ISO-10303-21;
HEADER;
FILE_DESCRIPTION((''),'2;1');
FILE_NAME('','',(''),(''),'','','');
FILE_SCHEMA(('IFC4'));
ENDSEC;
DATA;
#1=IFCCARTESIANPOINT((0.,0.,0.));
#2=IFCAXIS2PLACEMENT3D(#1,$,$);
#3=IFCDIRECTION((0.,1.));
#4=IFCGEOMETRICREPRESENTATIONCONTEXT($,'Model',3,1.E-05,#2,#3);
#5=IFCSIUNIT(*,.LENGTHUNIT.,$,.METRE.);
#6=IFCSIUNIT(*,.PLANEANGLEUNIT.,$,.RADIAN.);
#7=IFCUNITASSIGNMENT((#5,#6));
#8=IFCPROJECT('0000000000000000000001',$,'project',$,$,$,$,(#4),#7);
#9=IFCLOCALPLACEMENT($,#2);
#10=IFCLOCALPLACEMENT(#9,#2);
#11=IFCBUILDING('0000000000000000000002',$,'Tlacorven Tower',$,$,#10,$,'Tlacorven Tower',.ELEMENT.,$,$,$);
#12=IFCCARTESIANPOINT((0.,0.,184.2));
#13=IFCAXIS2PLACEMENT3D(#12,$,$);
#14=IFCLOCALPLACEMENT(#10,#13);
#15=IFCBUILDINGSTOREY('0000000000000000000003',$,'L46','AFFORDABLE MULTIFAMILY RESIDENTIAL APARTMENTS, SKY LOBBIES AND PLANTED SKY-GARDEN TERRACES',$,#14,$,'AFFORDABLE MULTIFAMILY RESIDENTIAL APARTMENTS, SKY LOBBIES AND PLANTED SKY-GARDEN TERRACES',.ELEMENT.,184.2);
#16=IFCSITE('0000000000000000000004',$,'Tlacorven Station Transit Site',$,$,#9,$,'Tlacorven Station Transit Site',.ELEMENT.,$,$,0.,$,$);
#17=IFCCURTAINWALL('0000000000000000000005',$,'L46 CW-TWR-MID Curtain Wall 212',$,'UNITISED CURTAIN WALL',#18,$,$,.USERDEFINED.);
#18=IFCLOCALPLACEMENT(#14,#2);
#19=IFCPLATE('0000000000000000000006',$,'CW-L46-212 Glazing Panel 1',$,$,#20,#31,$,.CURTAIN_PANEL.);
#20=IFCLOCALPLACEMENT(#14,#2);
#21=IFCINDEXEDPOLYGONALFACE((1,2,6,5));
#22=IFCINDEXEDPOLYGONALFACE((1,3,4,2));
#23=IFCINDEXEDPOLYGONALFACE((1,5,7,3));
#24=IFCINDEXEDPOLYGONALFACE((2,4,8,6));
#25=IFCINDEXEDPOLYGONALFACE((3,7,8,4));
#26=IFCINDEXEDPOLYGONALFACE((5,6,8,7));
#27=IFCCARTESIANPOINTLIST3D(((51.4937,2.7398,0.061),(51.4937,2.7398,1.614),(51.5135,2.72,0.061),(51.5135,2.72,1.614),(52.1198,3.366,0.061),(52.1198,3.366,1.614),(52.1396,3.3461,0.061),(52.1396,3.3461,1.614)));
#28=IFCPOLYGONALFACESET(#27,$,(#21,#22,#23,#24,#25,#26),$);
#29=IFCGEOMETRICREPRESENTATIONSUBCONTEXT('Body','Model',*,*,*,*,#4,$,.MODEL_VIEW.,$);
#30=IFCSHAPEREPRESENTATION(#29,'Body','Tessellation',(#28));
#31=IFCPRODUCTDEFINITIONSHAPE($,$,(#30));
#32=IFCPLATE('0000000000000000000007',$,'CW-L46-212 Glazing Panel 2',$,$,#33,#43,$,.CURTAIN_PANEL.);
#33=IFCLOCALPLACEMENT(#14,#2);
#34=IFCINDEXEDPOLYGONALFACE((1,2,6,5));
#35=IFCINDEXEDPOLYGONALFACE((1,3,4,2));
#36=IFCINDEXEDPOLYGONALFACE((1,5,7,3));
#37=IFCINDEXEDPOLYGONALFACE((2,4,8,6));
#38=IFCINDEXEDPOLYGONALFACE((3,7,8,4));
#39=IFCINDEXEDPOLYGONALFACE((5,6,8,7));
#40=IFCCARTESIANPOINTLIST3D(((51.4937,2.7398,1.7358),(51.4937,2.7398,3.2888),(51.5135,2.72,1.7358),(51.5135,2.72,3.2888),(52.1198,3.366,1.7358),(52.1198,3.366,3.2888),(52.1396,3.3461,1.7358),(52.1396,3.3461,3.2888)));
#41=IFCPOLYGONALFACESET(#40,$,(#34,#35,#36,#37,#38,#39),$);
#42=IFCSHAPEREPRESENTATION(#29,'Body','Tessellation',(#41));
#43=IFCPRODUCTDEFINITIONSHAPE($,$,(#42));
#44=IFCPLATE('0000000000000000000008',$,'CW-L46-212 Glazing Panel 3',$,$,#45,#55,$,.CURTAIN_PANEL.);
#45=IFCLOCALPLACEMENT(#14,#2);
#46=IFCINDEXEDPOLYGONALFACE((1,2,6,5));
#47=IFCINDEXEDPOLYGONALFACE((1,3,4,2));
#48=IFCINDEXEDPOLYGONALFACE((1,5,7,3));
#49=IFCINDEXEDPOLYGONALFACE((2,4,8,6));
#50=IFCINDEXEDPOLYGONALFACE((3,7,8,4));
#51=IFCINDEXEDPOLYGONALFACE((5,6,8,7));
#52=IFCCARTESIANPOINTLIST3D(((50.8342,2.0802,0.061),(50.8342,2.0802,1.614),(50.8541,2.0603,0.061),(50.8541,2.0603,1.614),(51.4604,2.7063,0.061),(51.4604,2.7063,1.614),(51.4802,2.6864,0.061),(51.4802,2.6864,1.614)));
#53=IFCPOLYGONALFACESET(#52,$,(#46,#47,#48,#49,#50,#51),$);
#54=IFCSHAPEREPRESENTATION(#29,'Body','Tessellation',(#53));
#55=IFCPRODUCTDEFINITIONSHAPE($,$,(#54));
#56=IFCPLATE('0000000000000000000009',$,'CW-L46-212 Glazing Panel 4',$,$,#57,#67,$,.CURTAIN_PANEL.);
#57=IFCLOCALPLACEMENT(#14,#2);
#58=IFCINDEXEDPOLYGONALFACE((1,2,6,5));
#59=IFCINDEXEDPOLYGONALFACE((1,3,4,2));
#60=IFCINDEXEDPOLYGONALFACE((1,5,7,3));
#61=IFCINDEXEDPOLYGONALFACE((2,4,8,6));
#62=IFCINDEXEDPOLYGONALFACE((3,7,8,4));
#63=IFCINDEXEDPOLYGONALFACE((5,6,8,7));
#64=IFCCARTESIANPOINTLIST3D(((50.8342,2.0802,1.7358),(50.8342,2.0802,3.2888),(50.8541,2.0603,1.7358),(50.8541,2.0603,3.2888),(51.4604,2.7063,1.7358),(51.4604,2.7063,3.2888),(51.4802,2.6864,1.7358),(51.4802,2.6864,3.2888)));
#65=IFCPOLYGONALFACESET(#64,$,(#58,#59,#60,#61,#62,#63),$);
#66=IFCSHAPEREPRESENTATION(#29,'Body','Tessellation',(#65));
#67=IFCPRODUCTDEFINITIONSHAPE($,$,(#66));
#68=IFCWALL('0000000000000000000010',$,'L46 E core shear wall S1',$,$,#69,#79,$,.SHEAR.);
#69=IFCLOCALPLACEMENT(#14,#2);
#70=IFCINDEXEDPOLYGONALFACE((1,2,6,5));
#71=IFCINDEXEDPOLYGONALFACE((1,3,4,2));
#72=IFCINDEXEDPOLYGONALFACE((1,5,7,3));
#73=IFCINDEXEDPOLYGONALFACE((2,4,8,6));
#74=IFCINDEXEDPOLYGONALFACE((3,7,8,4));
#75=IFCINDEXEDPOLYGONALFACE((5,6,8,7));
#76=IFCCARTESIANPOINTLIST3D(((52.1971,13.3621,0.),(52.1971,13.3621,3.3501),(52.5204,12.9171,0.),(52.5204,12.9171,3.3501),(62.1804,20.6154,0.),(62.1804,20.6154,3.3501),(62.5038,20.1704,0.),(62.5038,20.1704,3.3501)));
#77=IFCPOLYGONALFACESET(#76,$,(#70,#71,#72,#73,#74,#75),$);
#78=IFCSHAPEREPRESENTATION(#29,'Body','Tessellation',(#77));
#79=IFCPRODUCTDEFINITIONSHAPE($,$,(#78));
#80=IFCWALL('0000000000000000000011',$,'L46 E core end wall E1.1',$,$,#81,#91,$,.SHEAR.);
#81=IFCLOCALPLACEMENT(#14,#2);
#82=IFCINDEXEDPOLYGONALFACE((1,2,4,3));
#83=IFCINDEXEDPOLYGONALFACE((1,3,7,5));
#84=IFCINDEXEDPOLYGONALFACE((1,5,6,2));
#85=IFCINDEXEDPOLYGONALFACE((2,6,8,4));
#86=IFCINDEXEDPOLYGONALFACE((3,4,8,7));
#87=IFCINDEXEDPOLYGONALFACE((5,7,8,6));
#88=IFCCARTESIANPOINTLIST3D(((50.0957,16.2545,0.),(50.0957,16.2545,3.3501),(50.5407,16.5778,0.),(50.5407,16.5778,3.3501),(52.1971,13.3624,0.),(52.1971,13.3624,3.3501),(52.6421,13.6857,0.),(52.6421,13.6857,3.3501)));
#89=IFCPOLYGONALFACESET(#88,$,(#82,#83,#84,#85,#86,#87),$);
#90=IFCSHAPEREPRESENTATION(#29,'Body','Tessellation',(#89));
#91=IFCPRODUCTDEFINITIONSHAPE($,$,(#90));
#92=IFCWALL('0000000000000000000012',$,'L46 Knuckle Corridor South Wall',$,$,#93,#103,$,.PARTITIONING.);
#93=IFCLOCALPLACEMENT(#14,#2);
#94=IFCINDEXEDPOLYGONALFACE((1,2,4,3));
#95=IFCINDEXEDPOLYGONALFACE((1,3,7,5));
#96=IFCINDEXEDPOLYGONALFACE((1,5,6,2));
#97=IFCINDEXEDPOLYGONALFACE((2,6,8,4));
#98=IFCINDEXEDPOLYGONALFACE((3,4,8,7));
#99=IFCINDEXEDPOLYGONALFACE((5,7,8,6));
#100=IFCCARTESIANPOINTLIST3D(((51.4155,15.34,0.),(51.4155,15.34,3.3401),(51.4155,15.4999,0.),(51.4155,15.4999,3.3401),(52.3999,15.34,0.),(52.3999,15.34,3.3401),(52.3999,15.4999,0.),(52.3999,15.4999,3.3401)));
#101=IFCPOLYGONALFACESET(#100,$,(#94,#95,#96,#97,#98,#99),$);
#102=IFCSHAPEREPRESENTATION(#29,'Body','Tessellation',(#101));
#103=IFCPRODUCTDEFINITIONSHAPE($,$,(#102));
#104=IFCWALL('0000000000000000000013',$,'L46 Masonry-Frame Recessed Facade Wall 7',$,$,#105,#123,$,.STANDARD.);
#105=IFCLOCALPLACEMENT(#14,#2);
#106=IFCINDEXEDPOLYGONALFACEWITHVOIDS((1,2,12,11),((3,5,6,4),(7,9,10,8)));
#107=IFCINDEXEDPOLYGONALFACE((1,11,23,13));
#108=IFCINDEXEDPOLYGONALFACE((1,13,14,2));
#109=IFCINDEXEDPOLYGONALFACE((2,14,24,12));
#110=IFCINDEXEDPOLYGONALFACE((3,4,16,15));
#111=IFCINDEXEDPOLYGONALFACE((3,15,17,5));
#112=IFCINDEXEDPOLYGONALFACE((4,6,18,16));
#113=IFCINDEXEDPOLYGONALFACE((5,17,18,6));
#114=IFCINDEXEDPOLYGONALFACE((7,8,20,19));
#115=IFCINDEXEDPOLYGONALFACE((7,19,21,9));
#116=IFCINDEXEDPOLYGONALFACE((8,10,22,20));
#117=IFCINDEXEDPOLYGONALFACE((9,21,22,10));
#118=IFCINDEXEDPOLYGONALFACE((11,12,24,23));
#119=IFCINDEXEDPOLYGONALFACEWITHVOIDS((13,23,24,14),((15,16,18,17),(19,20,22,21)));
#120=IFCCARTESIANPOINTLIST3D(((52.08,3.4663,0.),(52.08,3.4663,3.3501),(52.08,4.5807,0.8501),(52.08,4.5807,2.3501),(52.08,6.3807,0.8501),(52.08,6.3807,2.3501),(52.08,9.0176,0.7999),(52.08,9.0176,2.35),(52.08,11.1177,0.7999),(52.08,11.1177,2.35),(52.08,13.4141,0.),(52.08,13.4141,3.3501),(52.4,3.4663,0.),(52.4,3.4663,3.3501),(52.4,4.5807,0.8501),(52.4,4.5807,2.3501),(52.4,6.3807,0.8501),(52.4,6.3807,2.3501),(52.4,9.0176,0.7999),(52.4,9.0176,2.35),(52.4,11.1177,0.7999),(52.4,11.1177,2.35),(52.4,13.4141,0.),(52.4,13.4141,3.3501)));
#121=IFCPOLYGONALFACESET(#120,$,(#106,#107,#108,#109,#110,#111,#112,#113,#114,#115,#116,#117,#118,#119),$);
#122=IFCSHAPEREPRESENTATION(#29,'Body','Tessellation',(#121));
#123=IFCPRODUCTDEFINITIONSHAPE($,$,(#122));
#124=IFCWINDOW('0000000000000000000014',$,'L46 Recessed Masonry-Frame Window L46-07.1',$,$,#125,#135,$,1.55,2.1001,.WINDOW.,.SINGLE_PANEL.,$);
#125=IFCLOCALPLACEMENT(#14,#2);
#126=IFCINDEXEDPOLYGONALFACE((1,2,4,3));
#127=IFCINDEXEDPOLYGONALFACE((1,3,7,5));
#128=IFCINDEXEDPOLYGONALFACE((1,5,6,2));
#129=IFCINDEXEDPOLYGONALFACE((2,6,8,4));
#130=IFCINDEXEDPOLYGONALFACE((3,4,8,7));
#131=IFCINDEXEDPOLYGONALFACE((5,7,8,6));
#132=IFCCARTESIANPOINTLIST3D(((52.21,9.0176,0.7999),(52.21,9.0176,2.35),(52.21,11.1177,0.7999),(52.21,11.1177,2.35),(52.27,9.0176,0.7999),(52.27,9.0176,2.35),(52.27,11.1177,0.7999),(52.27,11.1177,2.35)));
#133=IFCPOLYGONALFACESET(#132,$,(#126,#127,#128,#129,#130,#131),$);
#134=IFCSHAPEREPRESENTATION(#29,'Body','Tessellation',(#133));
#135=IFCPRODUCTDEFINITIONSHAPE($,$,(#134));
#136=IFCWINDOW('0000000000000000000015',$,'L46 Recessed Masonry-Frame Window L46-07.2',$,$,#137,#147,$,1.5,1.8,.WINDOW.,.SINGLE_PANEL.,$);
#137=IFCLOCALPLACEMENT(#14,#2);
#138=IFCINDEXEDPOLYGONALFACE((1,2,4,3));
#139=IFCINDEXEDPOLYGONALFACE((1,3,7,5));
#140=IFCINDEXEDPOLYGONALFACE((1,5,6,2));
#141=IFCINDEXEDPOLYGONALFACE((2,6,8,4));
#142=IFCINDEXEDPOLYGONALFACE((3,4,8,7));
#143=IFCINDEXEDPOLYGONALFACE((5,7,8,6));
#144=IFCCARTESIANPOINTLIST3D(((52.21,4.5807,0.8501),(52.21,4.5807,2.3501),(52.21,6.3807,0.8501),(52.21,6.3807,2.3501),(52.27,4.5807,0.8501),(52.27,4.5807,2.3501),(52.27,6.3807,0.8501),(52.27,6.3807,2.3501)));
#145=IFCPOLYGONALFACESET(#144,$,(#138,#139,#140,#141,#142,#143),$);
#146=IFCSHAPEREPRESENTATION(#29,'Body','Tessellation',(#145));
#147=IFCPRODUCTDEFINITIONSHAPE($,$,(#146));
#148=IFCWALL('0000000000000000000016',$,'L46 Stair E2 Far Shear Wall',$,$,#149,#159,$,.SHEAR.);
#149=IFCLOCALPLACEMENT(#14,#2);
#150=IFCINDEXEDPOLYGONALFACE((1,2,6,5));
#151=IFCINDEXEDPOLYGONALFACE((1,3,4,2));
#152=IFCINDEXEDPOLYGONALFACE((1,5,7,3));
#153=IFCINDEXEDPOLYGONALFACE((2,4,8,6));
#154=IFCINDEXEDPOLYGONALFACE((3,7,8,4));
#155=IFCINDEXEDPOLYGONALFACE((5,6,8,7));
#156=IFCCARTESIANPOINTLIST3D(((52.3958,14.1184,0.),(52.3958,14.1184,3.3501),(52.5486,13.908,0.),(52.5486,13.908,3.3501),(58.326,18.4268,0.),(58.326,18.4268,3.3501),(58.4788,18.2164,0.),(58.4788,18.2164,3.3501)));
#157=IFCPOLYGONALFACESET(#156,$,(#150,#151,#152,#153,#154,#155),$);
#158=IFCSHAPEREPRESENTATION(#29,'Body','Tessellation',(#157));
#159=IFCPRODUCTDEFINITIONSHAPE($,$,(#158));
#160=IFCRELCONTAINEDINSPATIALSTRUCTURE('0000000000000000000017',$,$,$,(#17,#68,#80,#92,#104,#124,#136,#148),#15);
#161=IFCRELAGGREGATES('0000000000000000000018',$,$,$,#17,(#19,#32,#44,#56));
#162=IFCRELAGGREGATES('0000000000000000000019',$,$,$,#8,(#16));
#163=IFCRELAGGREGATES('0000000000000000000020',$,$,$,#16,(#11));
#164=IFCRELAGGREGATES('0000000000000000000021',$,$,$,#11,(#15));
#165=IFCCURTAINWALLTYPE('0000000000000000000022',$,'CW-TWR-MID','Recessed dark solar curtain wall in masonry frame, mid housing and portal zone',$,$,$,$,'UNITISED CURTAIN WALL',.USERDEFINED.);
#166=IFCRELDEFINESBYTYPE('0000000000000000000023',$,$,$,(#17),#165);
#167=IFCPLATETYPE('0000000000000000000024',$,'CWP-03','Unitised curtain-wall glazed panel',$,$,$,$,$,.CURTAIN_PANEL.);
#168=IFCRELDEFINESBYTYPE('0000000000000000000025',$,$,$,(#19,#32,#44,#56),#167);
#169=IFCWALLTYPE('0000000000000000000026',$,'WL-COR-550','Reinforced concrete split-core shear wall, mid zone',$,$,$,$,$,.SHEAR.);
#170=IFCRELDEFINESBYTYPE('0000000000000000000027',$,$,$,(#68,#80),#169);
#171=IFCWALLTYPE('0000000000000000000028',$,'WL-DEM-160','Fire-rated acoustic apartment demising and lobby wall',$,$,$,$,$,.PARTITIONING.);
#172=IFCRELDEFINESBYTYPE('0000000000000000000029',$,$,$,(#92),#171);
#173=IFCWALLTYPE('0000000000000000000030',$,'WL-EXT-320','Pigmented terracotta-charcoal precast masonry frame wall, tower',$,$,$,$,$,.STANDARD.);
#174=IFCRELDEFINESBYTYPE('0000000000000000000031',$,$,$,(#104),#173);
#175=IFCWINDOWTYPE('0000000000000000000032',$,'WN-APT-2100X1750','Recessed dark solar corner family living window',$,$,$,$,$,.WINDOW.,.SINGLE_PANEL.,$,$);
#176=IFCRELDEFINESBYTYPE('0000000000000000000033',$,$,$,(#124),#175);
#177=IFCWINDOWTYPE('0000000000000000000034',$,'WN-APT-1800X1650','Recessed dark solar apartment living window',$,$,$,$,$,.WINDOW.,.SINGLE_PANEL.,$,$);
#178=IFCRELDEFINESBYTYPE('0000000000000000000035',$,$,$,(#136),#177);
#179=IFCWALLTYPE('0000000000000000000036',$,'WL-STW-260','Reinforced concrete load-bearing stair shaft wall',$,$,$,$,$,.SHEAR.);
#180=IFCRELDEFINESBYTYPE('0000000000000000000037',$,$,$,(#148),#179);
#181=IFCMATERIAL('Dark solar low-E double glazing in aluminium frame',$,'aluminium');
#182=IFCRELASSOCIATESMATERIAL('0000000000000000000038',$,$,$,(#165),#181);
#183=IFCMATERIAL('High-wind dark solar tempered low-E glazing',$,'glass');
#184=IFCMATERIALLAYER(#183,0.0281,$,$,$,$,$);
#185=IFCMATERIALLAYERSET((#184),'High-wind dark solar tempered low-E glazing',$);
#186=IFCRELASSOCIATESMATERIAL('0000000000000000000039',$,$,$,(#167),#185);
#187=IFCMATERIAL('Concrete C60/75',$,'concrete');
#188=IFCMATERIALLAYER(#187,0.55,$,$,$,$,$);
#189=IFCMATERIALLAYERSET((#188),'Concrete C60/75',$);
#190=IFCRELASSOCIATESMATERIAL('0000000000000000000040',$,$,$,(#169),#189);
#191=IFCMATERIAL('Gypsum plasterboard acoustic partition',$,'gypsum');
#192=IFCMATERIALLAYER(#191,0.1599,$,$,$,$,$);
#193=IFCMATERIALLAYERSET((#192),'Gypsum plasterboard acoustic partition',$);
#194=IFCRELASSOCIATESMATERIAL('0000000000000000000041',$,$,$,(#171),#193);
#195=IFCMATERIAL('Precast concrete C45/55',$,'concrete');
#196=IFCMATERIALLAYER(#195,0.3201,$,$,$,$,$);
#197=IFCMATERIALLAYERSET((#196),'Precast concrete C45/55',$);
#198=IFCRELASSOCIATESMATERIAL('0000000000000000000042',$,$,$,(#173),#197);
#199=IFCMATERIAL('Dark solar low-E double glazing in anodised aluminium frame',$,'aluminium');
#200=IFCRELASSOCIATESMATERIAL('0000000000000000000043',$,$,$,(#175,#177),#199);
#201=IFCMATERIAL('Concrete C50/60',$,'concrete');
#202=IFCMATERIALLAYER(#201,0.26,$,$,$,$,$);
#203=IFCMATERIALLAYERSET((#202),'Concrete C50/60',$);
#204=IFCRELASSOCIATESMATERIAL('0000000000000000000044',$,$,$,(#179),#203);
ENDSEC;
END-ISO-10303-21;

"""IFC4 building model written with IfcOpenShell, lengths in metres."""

from ifc_helpers import new_model, si_unit, direction, frame, frame_2d, origin, origin_2d, place, context, subcontext, project, spatial, rectangle, extrude, source, transform, mapped, material, layer, layer_set, type_object, element, fill, aggregate, save


model = new_model("IFC4")

# Units and contexts
model_context = context("Model", 3, precision=1e-05, world=origin(), true_north=direction((0.0, 1.0)))
body_context = subcontext(model_context, "Body", "Model", "MODEL_VIEW")
ifc_project = project(units=[si_unit("LENGTHUNIT", "METRE"), si_unit("PLANEANGLEUNIT", "RADIAN")], contexts=[model_context])

# Site, building, storey
site_placement = place(None, origin())
site = spatial("IfcSite", under=ifc_project, at=site_placement, Name="Tlacorven Station Transit Site", LongName="Tlacorven Station Transit Site", CompositionType="ELEMENT", RefElevation=0.0)
building_placement = place(site_placement, origin())
building = spatial("IfcBuilding", under=site, at=building_placement, Name="Tlacorven Tower", LongName="Tlacorven Tower", CompositionType="ELEMENT")
storey_placement = place(building_placement, frame((0.0, 0.0, 184.2)))
storey = spatial("IfcBuildingStorey", under=building, at=storey_placement, Name="L46", Description="AFFORDABLE MULTIFAMILY RESIDENTIAL APARTMENTS, SKY LOBBIES AND PLANTED SKY-GARDEN TERRACES", LongName="AFFORDABLE MULTIFAMILY RESIDENTIAL APARTMENTS, SKY LOBBIES AND PLANTED SKY-GARDEN TERRACES", CompositionType="ELEMENT", Elevation=184.2)

# Curtain wall, plates
ifc_material_1 = material(Name="Dark solar low-E double glazing in aluminium frame", Category="aluminium")
curtain_wall_type = type_object("IfcCurtainWallType", Name="CW-TWR-MID", Description="Recessed dark solar curtain wall in masonry frame, mid housing and portal zone", ElementType="UNITISED CURTAIN WALL", PredefinedType="USERDEFINED", material=ifc_material_1)
curtain_wall_placement = place(storey_placement, origin())
curtain_wall = element("IfcCurtainWall", 1, at=curtain_wall_placement, inside=storey, type_object=curtain_wall_type, Name="L46 CW-TWR-MID Curtain Wall 212", ObjectType="UNITISED CURTAIN WALL", PredefinedType="USERDEFINED")
ifc_material_2 = material(Name="High-wind dark solar tempered low-E glazing", Category="glass")
ifc_layer_1 = layer(ifc_material_2, 0.0281)
ifc_layer_set_1 = layer_set([ifc_layer_1], Name="High-wind dark solar tempered low-E glazing")
plate_type = type_object("IfcPlateType", Name="CWP-03", Description="Unitised curtain-wall glazed panel", PredefinedType="CURTAIN_PANEL", material=ifc_layer_set_1)
shared_shape_1 = source(origin(), body_context, "Body", "SweptSolid", [
    extrude(rectangle(XDim=0.8855, YDim=0.0281, at=origin_2d()), origin(), (0.0, 0.0, 1.0), 1.553),
])
plate_1_placement = place(storey_placement, frame((51.8167, 3.043, 0.061), z_axis=(0.0, 0.0, 1.0), x_axis=(-0.707107, -0.707107, 0.0)))
plate_1 = element("IfcPlate", 2, at=plate_1_placement, type_object=plate_type, Name="CW-L46-212 Glazing Panel 1", PredefinedType="CURTAIN_PANEL", context=body_context, shape_type="MappedRepresentation", body=[
    mapped(shared_shape_1, transform((0.0, 0.0, 0.0), scale=1.0)),
])
plate_2_placement = place(storey_placement, frame((51.8167, 3.043, 1.7358), z_axis=(0.0, 0.0, 1.0), x_axis=(-0.707107, -0.707107, 0.0)))
plate_2 = element("IfcPlate", 3, at=plate_2_placement, type_object=plate_type, Name="CW-L46-212 Glazing Panel 2", PredefinedType="CURTAIN_PANEL", context=body_context, shape_type="MappedRepresentation", body=[
    mapped(shared_shape_1, transform((0.0, 0.0, 0.0), scale=1.0)),
])
plate_3_placement = place(storey_placement, frame((51.1572, 2.3833, 0.061), z_axis=(0.0, 0.0, 1.0), x_axis=(-0.707107, -0.707107, 0.0)))
plate_3 = element("IfcPlate", 4, at=plate_3_placement, type_object=plate_type, Name="CW-L46-212 Glazing Panel 3", PredefinedType="CURTAIN_PANEL", context=body_context, shape_type="MappedRepresentation", body=[
    mapped(shared_shape_1, transform((0.0, 0.0, 0.0), scale=1.0)),
])
plate_4_placement = place(storey_placement, frame((51.1572, 2.3833, 1.7358), z_axis=(0.0, 0.0, 1.0), x_axis=(-0.707107, -0.707107, 0.0)))
plate_4 = element("IfcPlate", 5, at=plate_4_placement, type_object=plate_type, Name="CW-L46-212 Glazing Panel 4", PredefinedType="CURTAIN_PANEL", context=body_context, shape_type="MappedRepresentation", body=[
    mapped(shared_shape_1, transform((0.0, 0.0, 0.0), scale=1.0)),
])
aggregate(curtain_wall, [plate_1, plate_2, plate_3, plate_4])

# Walls
ifc_material_3 = material(Name="Concrete C60/75", Category="concrete")
ifc_layer_2 = layer(ifc_material_3, 0.55)
ifc_layer_set_2 = layer_set([ifc_layer_2], Name="Concrete C60/75")
wall_type_1 = type_object("IfcWallType", Name="WL-COR-550", Description="Reinforced concrete split-core shear wall, mid zone", PredefinedType="SHEAR", material=ifc_layer_set_2)
wall_1_placement = place(storey_placement, frame((52.3589, 13.1396, 0.0), z_axis=(0.0, 0.0, 1.0), x_axis=(0.809015, 0.587788, 0.0)))
element("IfcWall", 6, at=wall_1_placement, inside=storey, type_object=wall_type_1, Name="L46 E core shear wall S1", PredefinedType="SHEAR", context=body_context, shape_type="SweptSolid", body=[
    extrude(rectangle(XDim=12.3401, YDim=0.55, at=frame_2d((6.1699, 0.0))), origin(), (0.0, 0.0, 1.0), 3.3501),
])
wall_2_placement = place(storey_placement, frame((52.4197, 13.5239, 0.0), z_axis=(0.0, 0.0, 1.0), x_axis=(-0.587802, 0.809005, 0.0)))
element("IfcWall", 7, at=wall_2_placement, inside=storey, type_object=wall_type_1, Name="L46 E core end wall E1.1", PredefinedType="SHEAR", context=body_context, shape_type="SweptSolid", body=[
    extrude(rectangle(XDim=3.575, YDim=0.55, at=frame_2d((1.7876, 0.0))), origin(), (0.0, 0.0, 1.0), 3.3501),
])
ifc_material_4 = material(Name="Gypsum plasterboard acoustic partition", Category="gypsum")
ifc_layer_3 = layer(ifc_material_4, 0.1599)
ifc_layer_set_3 = layer_set([ifc_layer_3], Name="Gypsum plasterboard acoustic partition")
wall_type_2 = type_object("IfcWallType", Name="WL-DEM-160", Description="Fire-rated acoustic apartment demising and lobby wall", PredefinedType="PARTITIONING", material=ifc_layer_set_3)
wall_3_placement = place(storey_placement, frame((51.4155, 15.4199, 0.0), z_axis=(0.0, 0.0, 1.0), x_axis=(1.0, 0.0, 0.0)))
element("IfcWall", 8, at=wall_3_placement, inside=storey, type_object=wall_type_2, Name="L46 Knuckle Corridor South Wall", PredefinedType="PARTITIONING", context=body_context, shape_type="SweptSolid", body=[
    extrude(rectangle(XDim=0.9844, YDim=0.1599, at=frame_2d((0.4922, 0.0))), origin(), (0.0, 0.0, 1.0), 3.3401),
])

# Wall, openings, windows
ifc_material_5 = material(Name="Precast concrete C45/55", Category="concrete")
ifc_layer_4 = layer(ifc_material_5, 0.3201)
ifc_layer_set_4 = layer_set([ifc_layer_4], Name="Precast concrete C45/55")
wall_type_3 = type_object("IfcWallType", Name="WL-EXT-320", Description="Pigmented terracotta-charcoal precast masonry frame wall, tower", PredefinedType="STANDARD", material=ifc_layer_set_4)
wall_4_placement = place(storey_placement, frame((52.24, 13.4141, 0.0), z_axis=(0.0, 0.0, 1.0), x_axis=(0.0, -1.0, 0.0)))
wall_4 = element("IfcWall", 9, at=wall_4_placement, inside=storey, type_object=wall_type_3, Name="L46 Masonry-Frame Recessed Facade Wall 7", PredefinedType="STANDARD", context=body_context, shape_type="SweptSolid", body=[
    extrude(rectangle(XDim=9.9478, YDim=0.3201, at=frame_2d((4.9739, 0.0))), origin(), (0.0, 0.0, 1.0), 3.3501),
])
opening_1_placement = place(wall_4_placement, frame((2.2964, 0.0, 0.8)))
opening_1 = element("IfcOpeningElement", 10, at=opening_1_placement, cuts=wall_4, PredefinedType="OPENING", context=body_context, shape_type="SweptSolid", body=[
    extrude(rectangle(XDim=2.1001, YDim=1.55, at=frame_2d((1.05, 0.7749))), frame((0.0, 0.1699, 0.0), z_axis=(0.0, -1.0, 0.0), x_axis=(1.0, 0.0, 0.0)), (0.0, 0.0, 1.0), 0.3401),
])
opening_2_placement = place(wall_4_placement, frame((7.0334, 0.0, 0.8501)))
opening_2 = element("IfcOpeningElement", 11, at=opening_2_placement, cuts=wall_4, PredefinedType="OPENING", context=body_context, shape_type="SweptSolid", body=[
    extrude(rectangle(XDim=1.8, YDim=1.5, at=frame_2d((0.8999, 0.75))), frame((0.0, 0.1699, 0.0), z_axis=(0.0, -1.0, 0.0), x_axis=(1.0, 0.0, 0.0)), (0.0, 0.0, 1.0), 0.3401),
])
ifc_material_6 = material(Name="Dark solar low-E double glazing in anodised aluminium frame", Category="aluminium")
window_type_1 = type_object("IfcWindowType", Name="WN-APT-2100X1750", Description="Recessed dark solar corner family living window", PartitioningType="SINGLE_PANEL", PredefinedType="WINDOW", material=ifc_material_6)
shared_shape_2 = source(origin(), body_context, "Body", "SweptSolid", [
    extrude(rectangle(XDim=2.1001, YDim=1.55, at=frame_2d((1.05, 0.7749))), frame((0.0, 0.03, 0.0), z_axis=(0.0, -1.0, 0.0), x_axis=(1.0, 0.0, 0.0)), (0.0, 0.0, 1.0), 0.0601),
])
window_1_placement = place(opening_1_placement, origin())
window_1 = element("IfcWindow", 12, at=window_1_placement, inside=storey, type_object=window_type_1, Name="L46 Recessed Masonry-Frame Window L46-07.1", OverallHeight=1.55, OverallWidth=2.1001, PartitioningType="SINGLE_PANEL", PredefinedType="WINDOW", context=body_context, shape_type="MappedRepresentation", body=[
    mapped(shared_shape_2, transform((0.0, 0.0, 0.0), scale=1.0)),
])
fill(opening_1, window_1)
window_type_2 = type_object("IfcWindowType", Name="WN-APT-1800X1650", Description="Recessed dark solar apartment living window", PartitioningType="SINGLE_PANEL", PredefinedType="WINDOW", material=ifc_material_6)
shared_shape_3 = source(origin(), body_context, "Body", "SweptSolid", [
    extrude(rectangle(XDim=1.8, YDim=1.5, at=frame_2d((0.8999, 0.75))), frame((0.0, 0.03, 0.0), z_axis=(0.0, -1.0, 0.0), x_axis=(1.0, 0.0, 0.0)), (0.0, 0.0, 1.0), 0.0601),
])
window_2_placement = place(opening_2_placement, origin())
window_2 = element("IfcWindow", 13, at=window_2_placement, inside=storey, type_object=window_type_2, Name="L46 Recessed Masonry-Frame Window L46-07.2", OverallHeight=1.5, OverallWidth=1.8, PartitioningType="SINGLE_PANEL", PredefinedType="WINDOW", context=body_context, shape_type="MappedRepresentation", body=[
    mapped(shared_shape_3, transform((0.0, 0.0, 0.0), scale=1.0)),
])
fill(opening_2, window_2)

# Wall
ifc_material_7 = material(Name="Concrete C50/60", Category="concrete")
ifc_layer_5 = layer(ifc_material_7, 0.26)
ifc_layer_set_5 = layer_set([ifc_layer_5], Name="Concrete C50/60")
wall_type_4 = type_object("IfcWallType", Name="WL-STW-260", Description="Reinforced concrete load-bearing stair shaft wall", PredefinedType="SHEAR", material=ifc_layer_set_5)
wall_5_placement = place(storey_placement, frame((52.4722, 14.0132, 0.0), z_axis=(0.0, 0.0, 1.0), x_axis=(0.809028, 0.58777, 0.0)))
element("IfcWall", 14, at=wall_5_placement, inside=storey, type_object=wall_type_4, Name="L46 Stair E2 Far Shear Wall", PredefinedType="SHEAR", context=body_context, shape_type="SweptSolid", body=[
    extrude(rectangle(XDim=7.3301, YDim=0.26, at=frame_2d((3.665, 0.0))), origin(), (0.0, 0.0, 1.0), 3.3501),
])

save(model, "model.ifc")
